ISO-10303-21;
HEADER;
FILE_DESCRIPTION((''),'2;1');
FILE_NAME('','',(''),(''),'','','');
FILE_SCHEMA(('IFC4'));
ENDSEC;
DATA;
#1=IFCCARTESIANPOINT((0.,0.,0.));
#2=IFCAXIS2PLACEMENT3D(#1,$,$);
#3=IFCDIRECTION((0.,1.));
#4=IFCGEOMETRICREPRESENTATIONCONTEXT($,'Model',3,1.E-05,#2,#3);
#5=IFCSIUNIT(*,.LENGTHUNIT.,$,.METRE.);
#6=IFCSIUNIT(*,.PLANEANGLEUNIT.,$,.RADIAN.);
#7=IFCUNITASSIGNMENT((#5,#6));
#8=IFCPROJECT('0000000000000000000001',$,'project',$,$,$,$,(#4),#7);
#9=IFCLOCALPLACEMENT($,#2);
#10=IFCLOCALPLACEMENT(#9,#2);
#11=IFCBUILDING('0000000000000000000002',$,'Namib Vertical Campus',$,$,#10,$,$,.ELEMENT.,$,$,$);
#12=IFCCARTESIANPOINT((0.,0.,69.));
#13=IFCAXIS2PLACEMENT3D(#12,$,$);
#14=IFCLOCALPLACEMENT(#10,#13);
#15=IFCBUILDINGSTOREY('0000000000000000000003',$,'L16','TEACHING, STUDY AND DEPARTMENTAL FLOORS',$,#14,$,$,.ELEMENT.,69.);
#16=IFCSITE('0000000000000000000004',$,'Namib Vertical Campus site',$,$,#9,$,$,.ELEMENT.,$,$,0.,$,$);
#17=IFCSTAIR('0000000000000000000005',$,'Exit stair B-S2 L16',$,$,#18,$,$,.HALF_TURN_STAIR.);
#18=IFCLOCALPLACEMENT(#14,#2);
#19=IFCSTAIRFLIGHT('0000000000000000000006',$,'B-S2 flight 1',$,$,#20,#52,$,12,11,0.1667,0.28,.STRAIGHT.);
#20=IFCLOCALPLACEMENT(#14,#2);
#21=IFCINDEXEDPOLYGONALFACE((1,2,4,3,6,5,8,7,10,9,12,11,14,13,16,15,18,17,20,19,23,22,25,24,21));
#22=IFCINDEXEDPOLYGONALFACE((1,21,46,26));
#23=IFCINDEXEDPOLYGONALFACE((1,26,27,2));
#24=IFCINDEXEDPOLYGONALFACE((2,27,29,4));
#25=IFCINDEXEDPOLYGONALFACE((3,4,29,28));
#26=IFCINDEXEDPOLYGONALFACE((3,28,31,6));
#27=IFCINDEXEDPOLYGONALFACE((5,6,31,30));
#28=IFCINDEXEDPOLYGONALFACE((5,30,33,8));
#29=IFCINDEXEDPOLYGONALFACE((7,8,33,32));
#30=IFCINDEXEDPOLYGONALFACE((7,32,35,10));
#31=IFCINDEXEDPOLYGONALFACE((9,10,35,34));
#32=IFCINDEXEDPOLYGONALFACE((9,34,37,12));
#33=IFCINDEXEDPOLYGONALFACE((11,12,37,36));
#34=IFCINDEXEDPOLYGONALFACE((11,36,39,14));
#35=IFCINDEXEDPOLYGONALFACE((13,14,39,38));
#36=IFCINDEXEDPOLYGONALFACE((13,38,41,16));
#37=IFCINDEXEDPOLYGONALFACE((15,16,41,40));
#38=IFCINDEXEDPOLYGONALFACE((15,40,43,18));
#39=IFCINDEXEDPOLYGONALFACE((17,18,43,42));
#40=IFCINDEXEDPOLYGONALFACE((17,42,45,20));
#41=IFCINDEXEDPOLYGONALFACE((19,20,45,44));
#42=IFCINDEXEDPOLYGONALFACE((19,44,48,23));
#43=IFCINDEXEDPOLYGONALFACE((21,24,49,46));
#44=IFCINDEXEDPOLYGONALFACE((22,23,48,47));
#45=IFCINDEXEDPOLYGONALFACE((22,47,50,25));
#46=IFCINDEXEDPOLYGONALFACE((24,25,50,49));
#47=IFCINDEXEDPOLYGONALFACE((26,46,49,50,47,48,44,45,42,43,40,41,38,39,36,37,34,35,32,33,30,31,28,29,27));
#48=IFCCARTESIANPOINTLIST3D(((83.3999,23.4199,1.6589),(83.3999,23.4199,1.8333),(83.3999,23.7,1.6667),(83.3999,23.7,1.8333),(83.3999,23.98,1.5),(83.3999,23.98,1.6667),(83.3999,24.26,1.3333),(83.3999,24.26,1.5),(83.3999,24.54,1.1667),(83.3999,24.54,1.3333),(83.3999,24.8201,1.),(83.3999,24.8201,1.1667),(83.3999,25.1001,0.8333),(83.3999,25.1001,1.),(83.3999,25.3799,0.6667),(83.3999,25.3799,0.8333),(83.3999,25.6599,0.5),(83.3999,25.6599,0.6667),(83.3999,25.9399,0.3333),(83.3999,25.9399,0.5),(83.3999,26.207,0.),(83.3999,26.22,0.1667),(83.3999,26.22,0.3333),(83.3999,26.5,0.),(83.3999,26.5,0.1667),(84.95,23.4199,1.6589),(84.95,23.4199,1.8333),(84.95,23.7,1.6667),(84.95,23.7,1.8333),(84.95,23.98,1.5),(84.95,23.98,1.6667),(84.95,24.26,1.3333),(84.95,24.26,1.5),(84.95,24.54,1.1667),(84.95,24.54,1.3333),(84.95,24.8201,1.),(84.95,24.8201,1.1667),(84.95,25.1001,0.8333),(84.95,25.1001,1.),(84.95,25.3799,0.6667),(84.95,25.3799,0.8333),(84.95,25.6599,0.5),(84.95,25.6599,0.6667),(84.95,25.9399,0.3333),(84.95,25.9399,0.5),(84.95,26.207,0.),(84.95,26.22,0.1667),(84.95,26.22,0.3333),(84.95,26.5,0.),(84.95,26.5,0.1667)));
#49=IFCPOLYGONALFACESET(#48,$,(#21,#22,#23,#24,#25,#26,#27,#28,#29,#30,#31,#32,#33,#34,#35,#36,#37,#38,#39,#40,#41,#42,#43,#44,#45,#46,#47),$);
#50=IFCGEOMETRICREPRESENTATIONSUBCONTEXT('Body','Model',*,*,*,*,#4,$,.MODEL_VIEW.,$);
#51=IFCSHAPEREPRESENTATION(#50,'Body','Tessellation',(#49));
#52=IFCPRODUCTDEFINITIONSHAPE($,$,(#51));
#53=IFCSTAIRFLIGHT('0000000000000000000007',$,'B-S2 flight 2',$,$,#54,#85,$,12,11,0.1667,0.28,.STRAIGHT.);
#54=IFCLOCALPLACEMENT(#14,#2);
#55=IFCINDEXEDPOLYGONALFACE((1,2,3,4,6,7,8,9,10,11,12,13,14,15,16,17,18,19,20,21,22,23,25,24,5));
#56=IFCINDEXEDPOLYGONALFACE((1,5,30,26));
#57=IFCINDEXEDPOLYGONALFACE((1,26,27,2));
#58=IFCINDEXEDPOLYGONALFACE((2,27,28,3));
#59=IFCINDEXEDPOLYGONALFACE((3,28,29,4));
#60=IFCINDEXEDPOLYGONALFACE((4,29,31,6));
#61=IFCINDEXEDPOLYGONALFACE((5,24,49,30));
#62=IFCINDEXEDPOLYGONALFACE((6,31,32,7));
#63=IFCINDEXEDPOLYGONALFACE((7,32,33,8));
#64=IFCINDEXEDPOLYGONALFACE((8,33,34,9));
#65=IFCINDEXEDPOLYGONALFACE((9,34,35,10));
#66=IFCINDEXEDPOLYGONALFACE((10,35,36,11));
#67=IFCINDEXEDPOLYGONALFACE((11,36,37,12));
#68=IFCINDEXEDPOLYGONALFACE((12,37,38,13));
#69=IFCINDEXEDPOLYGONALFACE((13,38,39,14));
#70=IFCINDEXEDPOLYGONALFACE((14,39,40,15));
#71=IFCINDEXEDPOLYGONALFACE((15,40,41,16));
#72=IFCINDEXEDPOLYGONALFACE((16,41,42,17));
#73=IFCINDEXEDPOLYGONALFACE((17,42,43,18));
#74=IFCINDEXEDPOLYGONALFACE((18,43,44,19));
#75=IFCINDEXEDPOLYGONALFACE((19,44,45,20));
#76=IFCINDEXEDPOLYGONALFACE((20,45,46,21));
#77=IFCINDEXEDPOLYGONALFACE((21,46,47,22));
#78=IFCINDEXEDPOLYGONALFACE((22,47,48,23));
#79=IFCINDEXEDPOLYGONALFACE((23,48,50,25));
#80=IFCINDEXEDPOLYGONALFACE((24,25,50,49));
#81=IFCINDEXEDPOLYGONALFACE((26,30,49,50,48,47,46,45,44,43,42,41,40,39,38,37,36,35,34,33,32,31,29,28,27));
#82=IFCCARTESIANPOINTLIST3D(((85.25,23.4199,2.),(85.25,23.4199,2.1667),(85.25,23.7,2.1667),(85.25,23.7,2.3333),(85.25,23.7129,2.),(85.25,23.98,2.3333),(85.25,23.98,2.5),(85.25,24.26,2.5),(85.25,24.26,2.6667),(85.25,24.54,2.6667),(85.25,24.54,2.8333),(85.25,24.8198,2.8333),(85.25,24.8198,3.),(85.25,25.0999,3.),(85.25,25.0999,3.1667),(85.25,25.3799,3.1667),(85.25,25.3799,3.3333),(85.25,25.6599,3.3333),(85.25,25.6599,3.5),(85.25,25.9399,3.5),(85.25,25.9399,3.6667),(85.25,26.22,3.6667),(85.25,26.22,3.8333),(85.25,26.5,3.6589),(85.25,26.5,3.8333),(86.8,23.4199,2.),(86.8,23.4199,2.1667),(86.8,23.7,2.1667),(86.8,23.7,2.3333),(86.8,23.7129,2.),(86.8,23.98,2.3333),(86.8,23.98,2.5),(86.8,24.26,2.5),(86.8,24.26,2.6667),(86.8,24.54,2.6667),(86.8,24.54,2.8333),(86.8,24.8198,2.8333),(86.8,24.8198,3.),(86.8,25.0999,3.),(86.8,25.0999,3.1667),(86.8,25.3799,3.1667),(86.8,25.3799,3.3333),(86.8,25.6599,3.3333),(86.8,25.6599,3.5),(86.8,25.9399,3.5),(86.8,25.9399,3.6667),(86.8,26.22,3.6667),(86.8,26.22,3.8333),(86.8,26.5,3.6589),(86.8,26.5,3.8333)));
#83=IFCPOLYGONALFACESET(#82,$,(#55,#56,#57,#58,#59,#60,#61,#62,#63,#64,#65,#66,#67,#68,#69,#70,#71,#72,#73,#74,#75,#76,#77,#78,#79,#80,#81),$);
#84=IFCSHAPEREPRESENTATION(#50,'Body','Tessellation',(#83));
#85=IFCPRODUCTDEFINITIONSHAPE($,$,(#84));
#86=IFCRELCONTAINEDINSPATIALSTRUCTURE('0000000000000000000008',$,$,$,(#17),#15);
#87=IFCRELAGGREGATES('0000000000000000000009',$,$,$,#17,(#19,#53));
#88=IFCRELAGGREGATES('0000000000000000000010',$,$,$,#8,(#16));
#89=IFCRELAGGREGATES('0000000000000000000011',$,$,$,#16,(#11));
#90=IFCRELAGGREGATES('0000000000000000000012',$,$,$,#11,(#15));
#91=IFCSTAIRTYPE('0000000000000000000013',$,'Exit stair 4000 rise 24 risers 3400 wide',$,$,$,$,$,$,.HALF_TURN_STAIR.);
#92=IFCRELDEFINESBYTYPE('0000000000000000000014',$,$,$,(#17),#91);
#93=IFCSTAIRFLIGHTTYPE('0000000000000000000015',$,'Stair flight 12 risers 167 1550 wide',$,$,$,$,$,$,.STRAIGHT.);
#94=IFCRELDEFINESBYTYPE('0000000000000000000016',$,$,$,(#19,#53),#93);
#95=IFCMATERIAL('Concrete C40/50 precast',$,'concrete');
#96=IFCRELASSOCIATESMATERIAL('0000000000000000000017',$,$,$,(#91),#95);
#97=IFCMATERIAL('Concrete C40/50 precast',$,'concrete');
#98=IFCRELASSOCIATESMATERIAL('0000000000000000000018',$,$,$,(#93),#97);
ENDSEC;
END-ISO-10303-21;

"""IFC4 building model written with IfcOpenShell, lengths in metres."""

from ifc_helpers import new_model, si_unit, direction, frame, origin, place, context, subcontext, project, spatial, polyline, outline, extrude, material, type_object, element, aggregate, save


model = new_model("IFC4")

# Units and contexts
model_context = context("Model", 3, precision=1e-05, world=origin(), true_north=direction((0.0, 1.0)))
body_context = subcontext(model_context, "Body", "Model", "MODEL_VIEW")
ifc_project = project(units=[si_unit("LENGTHUNIT", "METRE"), si_unit("PLANEANGLEUNIT", "RADIAN")], contexts=[model_context])

# Site, building, storey
site_placement = place(None, origin())
site = spatial("IfcSite", under=ifc_project, at=site_placement, Name="Namib Vertical Campus site", CompositionType="ELEMENT", RefElevation=0.0)
building_placement = place(site_placement, origin())
building = spatial("IfcBuilding", under=site, at=building_placement, Name="Namib Vertical Campus", CompositionType="ELEMENT")
storey_placement = place(building_placement, frame((0.0, 0.0, 69.0)))
storey = spatial("IfcBuildingStorey", under=building, at=storey_placement, Name="L16", Description="TEACHING, STUDY AND DEPARTMENTAL FLOORS", CompositionType="ELEMENT", Elevation=69.0)

# Stair, stair flights
ifc_material_1 = material(Name="Concrete C40/50 precast", Category="concrete")
stair_type = type_object("IfcStairType", Name="Exit stair 4000 rise 24 risers 3400 wide", PredefinedType="HALF_TURN_STAIR", material=ifc_material_1)
stair_placement = place(storey_placement, origin())
stair = element("IfcStair", 1, at=stair_placement, inside=storey, type_object=stair_type, Name="Exit stair B-S2 L16", PredefinedType="HALF_TURN_STAIR")
ifc_material_2 = material(Name="Concrete C40/50 precast", Category="concrete")
stair_flight_type = type_object("IfcStairFlightType", Name="Stair flight 12 risers 167 1550 wide", PredefinedType="STRAIGHT", material=ifc_material_2)
stair_flight_1_placement = place(storey_placement, frame((84.175, 26.5, 0.0), z_axis=(0.0, 0.0, 1.0), x_axis=(0.0, -1.0, 0.0)))
stair_flight_1 = element("IfcStairFlight", 2, at=stair_flight_1_placement, type_object=stair_flight_type, Name="B-S2 flight 1", NumberOfRisers=12, NumberOfTreads=11, PredefinedType="STRAIGHT", RiserHeight=0.1667, TreadLength=0.28, context=body_context, shape_type="SweptSolid", body=[
    extrude(outline(polyline([(0.0, 0.0), (0.0, 0.1667), (0.28, 0.1667), (0.28, 0.3333), (0.5601, 0.3333), (0.5601, 0.5), (0.8401, 0.5), (0.8401, 0.6667), (1.1201, 0.6667), (1.1201, 0.8333), (1.3999, 0.8333), (1.3999, 1.0), (1.6799, 1.0), (1.6799, 1.1667), (1.96, 1.1667), (1.96, 1.3333), (2.24, 1.3333), (2.24, 1.5), (2.52, 1.5), (2.52, 1.6667), (2.8, 1.6667), (2.8, 1.8333), (3.0801, 1.8333), (3.0801, 2.0), (3.0801, 1.6589), (0.293, 0.0), (0.0, 0.0)])), frame((0.0, 0.7749, 0.0), z_axis=(0.0, -1.0, 0.0), x_axis=(1.0, 0.0, 0.0)), (0.0, 0.0, 1.0), 1.55),
])
stair_flight_2_placement = place(storey_placement, frame((86.0249, 23.4199, 2.0), z_axis=(0.0, 0.0, 1.0), x_axis=(0.0, 1.0, 0.0)))
stair_flight_2 = element("IfcStairFlight", 3, at=stair_flight_2_placement, type_object=stair_flight_type, Name="B-S2 flight 2", NumberOfRisers=12, NumberOfTreads=11, PredefinedType="STRAIGHT", RiserHeight=0.1667, TreadLength=0.28, context=body_context, shape_type="SweptSolid", body=[
    extrude(outline(polyline([(0.0, 0.0), (0.0, 0.1667), (0.28, 0.1667), (0.28, 0.3333), (0.5601, 0.3333), (0.5601, 0.5), (0.8401, 0.5), (0.8401, 0.6667), (1.1201, 0.6667), (1.1201, 0.8333), (1.3999, 0.8333), (1.3999, 1.0), (1.6799, 1.0), (1.6799, 1.1667), (1.96, 1.1667), (1.96, 1.3333), (2.24, 1.3333), (2.24, 1.5), (2.52, 1.5), (2.52, 1.6667), (2.8, 1.6667), (2.8, 1.8333), (3.0801, 1.8333), (3.0801, 2.0), (3.0801, 1.6589), (0.293, 0.0), (0.0, 0.0)])), frame((0.0, 0.7749, 0.0), z_axis=(0.0, -1.0, 0.0), x_axis=(1.0, 0.0, 0.0)), (0.0, 0.0, 1.0), 1.55),
])
aggregate(stair, [stair_flight_1, stair_flight_2])

save(model, "model.ifc")
